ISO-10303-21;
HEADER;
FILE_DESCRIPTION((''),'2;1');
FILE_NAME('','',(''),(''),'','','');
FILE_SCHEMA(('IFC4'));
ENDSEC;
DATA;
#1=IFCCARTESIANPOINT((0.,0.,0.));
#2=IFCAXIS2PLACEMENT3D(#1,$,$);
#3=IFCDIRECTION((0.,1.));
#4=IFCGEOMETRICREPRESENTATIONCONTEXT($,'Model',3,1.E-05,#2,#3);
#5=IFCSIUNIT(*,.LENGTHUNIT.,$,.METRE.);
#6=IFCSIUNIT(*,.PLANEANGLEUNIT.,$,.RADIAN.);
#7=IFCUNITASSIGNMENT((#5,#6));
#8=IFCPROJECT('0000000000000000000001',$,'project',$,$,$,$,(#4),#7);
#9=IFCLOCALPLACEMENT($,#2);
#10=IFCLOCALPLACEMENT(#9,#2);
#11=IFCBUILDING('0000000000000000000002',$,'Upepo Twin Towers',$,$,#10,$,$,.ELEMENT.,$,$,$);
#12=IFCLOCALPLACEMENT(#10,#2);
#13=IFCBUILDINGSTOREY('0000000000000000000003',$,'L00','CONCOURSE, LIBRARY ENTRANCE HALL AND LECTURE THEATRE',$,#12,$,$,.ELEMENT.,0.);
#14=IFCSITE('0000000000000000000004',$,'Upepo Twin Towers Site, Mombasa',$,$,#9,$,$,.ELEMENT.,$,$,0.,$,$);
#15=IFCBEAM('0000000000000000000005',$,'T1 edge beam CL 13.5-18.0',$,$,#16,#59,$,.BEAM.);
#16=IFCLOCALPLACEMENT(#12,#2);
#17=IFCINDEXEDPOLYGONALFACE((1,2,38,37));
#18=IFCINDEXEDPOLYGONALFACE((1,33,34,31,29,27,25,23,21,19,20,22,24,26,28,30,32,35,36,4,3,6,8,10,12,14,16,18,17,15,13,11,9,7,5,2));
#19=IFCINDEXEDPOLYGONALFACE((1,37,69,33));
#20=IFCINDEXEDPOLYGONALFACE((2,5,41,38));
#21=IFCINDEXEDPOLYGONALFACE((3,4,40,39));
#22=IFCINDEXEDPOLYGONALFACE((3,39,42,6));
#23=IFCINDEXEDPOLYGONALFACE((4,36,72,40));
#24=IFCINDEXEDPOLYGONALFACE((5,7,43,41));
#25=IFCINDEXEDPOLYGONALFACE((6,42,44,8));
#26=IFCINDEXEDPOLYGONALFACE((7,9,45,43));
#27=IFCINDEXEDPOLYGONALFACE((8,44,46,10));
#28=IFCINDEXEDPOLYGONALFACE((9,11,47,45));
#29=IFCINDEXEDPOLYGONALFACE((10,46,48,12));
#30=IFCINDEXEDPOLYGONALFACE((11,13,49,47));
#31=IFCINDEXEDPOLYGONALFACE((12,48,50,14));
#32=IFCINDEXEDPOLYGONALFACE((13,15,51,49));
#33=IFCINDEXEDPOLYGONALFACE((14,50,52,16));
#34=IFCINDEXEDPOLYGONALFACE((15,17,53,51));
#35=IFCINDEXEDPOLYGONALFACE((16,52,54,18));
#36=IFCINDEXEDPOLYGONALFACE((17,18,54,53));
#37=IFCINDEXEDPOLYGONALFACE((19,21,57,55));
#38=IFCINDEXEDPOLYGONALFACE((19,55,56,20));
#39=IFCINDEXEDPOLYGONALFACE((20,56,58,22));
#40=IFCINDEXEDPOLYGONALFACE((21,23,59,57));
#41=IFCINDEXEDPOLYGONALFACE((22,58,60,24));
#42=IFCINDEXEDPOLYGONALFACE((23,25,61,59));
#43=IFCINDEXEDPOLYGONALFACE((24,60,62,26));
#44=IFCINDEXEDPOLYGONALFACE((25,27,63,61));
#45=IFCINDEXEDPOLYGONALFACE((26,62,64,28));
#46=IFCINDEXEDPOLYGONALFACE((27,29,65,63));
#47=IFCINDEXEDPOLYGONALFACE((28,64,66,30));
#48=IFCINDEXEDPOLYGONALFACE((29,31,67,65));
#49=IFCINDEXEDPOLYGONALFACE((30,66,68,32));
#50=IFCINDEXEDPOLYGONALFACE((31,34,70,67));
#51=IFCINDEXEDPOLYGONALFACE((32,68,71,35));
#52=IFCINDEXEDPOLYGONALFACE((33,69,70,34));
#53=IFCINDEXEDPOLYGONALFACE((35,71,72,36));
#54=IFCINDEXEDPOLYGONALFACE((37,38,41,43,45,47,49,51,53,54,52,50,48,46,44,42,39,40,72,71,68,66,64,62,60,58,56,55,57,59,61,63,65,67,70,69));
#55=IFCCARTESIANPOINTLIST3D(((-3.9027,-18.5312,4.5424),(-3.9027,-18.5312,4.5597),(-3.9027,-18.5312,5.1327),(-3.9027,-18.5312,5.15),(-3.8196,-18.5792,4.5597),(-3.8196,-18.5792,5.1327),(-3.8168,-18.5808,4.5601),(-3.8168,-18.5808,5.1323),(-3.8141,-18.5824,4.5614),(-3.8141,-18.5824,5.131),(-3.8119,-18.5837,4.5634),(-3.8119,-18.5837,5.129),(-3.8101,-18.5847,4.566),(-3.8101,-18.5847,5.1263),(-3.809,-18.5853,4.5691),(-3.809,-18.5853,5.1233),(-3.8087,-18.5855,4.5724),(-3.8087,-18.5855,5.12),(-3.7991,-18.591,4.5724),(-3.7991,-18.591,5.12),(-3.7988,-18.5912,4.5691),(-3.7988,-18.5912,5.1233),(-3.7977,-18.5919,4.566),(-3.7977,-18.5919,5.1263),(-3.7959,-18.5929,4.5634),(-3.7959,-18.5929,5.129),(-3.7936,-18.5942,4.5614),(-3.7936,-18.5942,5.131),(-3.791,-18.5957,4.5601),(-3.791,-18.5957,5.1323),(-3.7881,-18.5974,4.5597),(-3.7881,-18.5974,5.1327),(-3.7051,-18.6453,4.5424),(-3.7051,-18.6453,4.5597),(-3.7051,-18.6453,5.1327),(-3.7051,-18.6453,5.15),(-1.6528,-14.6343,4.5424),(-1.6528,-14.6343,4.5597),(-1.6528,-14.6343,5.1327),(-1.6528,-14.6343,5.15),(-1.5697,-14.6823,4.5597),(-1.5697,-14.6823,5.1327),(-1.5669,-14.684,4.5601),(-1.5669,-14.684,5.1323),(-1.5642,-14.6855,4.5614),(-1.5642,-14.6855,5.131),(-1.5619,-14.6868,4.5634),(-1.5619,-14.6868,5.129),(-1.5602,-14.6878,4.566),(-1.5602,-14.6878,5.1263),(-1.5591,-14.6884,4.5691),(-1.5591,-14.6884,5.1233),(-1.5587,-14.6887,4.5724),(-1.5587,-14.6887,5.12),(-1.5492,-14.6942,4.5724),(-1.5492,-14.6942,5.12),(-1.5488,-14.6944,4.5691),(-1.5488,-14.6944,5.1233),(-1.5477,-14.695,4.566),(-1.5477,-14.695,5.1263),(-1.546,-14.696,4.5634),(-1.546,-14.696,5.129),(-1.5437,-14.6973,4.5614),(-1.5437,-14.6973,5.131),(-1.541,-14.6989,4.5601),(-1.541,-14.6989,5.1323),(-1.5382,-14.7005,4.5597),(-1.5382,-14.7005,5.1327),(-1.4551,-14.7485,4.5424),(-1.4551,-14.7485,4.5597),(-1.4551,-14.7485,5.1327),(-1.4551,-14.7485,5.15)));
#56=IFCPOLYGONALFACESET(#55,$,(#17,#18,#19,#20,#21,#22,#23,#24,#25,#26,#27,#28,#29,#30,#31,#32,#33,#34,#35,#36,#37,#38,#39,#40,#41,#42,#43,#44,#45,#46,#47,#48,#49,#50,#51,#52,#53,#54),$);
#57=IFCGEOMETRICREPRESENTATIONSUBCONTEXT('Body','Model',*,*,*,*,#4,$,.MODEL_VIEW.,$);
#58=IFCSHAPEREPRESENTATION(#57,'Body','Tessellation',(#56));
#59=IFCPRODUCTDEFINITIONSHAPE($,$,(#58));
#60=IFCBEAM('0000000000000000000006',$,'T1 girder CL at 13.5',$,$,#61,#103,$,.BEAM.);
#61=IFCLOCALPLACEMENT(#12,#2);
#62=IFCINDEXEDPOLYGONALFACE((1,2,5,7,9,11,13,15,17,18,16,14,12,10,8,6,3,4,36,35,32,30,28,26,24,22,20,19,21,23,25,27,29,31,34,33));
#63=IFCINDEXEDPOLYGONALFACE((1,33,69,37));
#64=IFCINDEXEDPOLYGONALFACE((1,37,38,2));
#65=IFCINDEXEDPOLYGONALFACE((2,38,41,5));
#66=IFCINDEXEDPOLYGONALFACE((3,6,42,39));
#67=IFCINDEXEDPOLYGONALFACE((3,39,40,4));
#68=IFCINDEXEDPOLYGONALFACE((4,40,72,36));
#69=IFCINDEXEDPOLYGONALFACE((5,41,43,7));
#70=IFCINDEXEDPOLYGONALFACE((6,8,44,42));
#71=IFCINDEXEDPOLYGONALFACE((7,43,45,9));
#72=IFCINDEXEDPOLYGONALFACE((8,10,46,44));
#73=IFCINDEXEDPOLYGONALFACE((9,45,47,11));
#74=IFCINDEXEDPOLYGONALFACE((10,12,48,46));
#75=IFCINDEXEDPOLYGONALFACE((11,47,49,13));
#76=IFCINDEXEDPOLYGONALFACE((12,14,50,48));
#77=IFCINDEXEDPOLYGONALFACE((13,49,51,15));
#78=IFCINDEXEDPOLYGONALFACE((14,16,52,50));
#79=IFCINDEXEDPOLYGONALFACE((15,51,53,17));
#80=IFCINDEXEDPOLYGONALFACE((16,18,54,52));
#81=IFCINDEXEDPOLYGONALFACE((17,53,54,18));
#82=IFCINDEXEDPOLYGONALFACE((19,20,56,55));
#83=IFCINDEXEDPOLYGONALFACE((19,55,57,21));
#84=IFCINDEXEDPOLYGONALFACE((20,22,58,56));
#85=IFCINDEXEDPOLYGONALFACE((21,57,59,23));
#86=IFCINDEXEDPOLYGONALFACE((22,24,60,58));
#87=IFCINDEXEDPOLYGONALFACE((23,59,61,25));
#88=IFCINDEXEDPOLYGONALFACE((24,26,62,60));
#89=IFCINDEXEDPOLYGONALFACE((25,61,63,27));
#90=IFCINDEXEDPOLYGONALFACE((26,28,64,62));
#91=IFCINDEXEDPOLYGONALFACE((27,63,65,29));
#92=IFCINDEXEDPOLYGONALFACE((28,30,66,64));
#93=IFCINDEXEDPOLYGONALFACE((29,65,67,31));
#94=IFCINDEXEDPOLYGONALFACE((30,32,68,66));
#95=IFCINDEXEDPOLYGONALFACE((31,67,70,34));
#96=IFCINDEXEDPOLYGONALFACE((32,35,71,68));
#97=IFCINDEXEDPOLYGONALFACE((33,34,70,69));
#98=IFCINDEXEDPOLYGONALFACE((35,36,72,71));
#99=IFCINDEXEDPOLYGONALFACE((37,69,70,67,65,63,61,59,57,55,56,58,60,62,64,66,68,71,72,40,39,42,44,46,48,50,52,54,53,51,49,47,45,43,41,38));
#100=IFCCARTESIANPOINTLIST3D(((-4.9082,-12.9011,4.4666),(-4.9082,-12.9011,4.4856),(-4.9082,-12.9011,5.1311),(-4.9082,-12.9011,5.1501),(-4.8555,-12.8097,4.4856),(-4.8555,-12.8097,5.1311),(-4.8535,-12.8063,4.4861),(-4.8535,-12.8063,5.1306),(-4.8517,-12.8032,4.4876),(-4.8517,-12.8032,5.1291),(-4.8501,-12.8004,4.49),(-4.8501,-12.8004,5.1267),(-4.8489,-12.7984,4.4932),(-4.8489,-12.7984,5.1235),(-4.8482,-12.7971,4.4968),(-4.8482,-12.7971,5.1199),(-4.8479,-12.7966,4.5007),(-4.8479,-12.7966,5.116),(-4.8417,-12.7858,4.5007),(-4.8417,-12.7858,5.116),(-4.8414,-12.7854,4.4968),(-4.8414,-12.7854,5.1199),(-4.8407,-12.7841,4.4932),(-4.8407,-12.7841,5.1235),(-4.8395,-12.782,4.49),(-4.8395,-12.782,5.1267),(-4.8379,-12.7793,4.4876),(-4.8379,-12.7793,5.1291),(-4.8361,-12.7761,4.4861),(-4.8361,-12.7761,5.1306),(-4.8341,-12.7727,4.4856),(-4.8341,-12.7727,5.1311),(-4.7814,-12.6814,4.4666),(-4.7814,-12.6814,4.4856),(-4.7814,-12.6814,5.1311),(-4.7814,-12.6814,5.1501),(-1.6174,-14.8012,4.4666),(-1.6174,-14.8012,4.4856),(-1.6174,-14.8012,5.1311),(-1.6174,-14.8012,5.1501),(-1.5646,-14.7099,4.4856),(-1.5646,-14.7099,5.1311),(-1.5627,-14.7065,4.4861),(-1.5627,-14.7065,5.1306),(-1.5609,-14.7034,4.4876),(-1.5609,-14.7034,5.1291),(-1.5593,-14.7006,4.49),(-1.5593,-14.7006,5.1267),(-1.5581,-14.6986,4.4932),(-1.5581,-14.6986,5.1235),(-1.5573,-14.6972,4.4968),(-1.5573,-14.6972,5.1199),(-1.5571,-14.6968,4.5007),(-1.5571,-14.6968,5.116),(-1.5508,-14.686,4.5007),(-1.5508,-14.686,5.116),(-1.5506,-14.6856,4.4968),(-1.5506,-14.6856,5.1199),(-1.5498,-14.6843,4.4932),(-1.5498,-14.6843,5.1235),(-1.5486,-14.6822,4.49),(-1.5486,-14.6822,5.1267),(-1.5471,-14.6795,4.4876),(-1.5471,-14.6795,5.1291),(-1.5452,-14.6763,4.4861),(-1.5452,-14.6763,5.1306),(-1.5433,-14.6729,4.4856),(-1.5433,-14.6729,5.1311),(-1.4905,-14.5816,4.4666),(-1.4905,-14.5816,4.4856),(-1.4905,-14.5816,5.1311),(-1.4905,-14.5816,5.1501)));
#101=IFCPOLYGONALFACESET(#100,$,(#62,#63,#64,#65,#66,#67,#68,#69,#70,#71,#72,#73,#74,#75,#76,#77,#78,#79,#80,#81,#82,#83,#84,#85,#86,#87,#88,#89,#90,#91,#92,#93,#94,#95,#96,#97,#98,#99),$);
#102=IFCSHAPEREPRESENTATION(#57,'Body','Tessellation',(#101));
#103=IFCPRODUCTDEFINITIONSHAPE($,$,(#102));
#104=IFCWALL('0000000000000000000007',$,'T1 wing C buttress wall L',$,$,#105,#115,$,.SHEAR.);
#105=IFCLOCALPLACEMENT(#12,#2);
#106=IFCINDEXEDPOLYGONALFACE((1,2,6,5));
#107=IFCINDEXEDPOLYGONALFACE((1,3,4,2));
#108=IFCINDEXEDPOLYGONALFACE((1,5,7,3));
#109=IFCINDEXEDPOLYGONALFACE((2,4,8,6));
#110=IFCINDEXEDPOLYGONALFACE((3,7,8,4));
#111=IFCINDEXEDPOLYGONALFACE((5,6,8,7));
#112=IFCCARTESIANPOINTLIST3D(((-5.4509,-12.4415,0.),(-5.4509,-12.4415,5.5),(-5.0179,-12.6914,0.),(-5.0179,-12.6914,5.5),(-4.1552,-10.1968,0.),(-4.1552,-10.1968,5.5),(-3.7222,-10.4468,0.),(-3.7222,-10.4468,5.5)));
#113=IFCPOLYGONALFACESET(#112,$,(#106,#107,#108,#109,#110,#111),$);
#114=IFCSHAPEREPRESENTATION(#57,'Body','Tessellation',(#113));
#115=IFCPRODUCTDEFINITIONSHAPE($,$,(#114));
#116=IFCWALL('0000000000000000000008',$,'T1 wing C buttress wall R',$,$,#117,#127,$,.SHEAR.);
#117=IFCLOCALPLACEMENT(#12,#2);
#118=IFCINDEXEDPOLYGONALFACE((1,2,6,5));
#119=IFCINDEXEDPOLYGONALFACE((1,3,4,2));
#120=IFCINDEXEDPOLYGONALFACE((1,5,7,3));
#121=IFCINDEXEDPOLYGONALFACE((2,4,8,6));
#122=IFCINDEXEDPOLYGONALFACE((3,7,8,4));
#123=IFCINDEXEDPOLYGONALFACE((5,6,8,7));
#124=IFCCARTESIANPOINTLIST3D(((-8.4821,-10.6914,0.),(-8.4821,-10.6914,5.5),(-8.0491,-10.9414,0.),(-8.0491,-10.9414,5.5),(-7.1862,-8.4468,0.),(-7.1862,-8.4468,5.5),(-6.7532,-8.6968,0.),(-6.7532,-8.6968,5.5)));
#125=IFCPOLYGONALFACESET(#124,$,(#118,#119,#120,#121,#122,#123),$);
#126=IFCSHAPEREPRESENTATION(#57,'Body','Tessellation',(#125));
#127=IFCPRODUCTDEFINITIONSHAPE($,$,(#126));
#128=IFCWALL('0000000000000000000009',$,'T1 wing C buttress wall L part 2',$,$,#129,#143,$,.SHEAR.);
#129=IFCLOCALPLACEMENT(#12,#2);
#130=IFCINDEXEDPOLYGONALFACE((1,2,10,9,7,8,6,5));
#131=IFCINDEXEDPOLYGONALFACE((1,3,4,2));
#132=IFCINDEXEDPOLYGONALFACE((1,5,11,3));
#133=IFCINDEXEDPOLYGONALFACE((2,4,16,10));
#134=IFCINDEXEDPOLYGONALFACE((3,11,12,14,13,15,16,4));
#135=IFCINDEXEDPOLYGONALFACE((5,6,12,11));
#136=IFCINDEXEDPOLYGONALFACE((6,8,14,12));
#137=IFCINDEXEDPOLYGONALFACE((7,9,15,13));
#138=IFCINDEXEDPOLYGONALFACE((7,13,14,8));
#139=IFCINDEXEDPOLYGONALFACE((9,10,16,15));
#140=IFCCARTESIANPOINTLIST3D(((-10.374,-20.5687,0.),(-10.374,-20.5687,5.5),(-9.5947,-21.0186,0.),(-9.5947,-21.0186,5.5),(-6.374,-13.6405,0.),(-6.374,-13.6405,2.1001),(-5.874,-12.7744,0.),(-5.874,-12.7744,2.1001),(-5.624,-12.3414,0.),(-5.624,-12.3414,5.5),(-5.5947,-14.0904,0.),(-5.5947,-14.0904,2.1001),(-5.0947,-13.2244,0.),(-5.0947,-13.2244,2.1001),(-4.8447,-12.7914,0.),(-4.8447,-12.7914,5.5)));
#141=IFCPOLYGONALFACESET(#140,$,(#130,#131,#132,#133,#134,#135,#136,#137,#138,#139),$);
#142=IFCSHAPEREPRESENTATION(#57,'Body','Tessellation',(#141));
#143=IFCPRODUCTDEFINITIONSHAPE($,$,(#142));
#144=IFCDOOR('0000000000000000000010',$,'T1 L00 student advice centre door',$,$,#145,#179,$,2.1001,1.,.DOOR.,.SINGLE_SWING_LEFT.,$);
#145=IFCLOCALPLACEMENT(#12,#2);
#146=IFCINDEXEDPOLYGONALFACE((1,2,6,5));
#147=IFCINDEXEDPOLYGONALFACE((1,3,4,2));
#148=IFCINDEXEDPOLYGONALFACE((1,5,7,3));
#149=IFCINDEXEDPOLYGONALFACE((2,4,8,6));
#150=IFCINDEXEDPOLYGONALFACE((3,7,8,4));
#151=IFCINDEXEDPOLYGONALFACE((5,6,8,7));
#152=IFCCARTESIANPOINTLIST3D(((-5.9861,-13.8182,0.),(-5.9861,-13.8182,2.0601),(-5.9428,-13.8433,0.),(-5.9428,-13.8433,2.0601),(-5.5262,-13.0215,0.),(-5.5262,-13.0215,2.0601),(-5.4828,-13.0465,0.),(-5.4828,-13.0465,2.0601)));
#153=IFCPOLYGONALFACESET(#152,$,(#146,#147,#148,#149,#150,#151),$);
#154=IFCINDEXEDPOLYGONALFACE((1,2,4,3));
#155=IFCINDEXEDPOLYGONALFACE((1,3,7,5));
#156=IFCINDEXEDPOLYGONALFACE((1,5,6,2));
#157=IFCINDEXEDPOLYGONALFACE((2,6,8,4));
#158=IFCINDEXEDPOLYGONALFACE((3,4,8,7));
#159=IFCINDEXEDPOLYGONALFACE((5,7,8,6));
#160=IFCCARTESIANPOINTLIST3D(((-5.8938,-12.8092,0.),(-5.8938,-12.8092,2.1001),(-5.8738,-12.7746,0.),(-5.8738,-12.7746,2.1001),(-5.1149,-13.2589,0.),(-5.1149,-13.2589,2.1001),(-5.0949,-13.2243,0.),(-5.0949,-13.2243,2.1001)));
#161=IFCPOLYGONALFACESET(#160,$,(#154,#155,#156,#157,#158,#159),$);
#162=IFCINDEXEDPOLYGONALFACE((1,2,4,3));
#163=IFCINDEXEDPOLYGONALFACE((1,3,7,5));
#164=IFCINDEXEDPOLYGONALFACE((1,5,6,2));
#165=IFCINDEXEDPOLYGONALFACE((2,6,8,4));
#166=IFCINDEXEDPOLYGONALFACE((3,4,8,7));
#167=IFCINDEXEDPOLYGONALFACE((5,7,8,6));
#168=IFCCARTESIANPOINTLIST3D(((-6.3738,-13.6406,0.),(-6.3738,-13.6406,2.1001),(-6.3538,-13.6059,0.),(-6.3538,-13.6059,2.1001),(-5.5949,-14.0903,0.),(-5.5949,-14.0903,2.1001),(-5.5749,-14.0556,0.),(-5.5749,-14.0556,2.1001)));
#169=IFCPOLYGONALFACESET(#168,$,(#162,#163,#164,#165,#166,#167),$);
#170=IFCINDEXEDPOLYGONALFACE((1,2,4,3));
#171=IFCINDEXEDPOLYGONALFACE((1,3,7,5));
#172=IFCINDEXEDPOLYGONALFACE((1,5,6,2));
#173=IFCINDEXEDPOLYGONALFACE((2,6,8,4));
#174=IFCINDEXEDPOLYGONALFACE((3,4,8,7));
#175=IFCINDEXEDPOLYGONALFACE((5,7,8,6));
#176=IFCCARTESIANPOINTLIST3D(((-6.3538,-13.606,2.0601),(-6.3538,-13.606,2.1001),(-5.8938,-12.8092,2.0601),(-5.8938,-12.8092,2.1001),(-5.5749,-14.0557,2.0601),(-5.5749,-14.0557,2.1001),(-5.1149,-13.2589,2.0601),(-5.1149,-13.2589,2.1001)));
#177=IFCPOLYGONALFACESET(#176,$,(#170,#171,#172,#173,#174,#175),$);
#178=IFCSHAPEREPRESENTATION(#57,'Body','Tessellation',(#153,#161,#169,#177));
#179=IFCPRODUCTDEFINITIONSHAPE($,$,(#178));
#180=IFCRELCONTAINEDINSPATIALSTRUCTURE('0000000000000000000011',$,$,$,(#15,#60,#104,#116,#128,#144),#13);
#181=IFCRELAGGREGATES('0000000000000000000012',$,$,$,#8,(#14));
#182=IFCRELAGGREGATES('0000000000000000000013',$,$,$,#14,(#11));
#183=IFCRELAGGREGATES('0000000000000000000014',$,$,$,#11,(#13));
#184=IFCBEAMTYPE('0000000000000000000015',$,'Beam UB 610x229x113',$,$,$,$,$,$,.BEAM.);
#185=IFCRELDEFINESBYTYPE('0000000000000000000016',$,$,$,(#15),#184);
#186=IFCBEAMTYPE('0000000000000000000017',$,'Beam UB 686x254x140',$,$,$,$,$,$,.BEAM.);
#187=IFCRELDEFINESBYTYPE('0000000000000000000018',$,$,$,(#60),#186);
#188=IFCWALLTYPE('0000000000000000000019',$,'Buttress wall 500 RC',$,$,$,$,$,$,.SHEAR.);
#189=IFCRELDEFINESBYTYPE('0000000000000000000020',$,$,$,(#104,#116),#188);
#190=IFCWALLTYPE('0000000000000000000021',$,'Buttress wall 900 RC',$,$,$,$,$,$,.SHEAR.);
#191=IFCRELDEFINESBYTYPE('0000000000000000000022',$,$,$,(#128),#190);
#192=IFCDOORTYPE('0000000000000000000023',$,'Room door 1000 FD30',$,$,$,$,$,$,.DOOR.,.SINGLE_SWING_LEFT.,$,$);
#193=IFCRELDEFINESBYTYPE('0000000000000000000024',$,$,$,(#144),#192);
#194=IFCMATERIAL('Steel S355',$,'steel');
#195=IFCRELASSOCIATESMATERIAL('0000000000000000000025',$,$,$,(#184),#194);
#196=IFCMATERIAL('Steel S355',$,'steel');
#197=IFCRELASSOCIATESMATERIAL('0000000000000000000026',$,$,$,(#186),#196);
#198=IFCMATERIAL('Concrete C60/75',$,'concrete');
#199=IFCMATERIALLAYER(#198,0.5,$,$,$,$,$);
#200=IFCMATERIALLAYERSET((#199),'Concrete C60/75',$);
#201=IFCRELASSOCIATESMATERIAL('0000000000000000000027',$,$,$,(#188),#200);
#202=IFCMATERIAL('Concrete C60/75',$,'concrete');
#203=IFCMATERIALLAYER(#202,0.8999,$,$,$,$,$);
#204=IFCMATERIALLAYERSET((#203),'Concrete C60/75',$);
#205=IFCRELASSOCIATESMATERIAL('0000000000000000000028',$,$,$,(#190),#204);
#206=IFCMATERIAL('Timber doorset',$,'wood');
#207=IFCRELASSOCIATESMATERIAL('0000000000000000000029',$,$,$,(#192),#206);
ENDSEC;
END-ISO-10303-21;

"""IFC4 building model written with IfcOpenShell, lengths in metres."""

from ifc_helpers import new_model, si_unit, direction, frame, frame_2d, origin, origin_2d, place, context, subcontext, project, spatial, rectangle, i_section, extrude, material, layer, layer_set, material_profile, profile_set, type_object, element, fill, save


model = new_model("IFC4")

# Units and contexts
model_context = context("Model", 3, precision=1e-05, world=origin(), true_north=direction((0.0, 1.0)))
body_context = subcontext(model_context, "Body", "Model", "MODEL_VIEW")
ifc_project = project(units=[si_unit("LENGTHUNIT", "METRE"), si_unit("PLANEANGLEUNIT", "RADIAN")], contexts=[model_context])

# Site, building, storey
site_placement = place(None, origin())
site = spatial("IfcSite", under=ifc_project, at=site_placement, Name="Upepo Twin Towers Site, Mombasa", CompositionType="ELEMENT", RefElevation=0.0)
building_placement = place(site_placement, origin())
building = spatial("IfcBuilding", under=site, at=building_placement, Name="Upepo Twin Towers", CompositionType="ELEMENT")
storey_placement = place(building_placement, origin())
storey = spatial("IfcBuildingStorey", under=building, at=storey_placement, Name="L00", Description="CONCOURSE, LIBRARY ENTRANCE HALL AND LECTURE THEATRE", CompositionType="ELEMENT", Elevation=0.0)

# Beams
ifc_material_1 = material(Name="Steel S355", Category="steel")
ifc_material_profile_1 = material_profile(ifc_material_1, i_section(OverallWidth=0.2283, OverallDepth=0.6077, WebThickness=0.011, FlangeThickness=0.0173, FilletRadius=0.0127, at=origin_2d()), Name="UB 610x229x113")
ifc_profile_set_1 = profile_set([ifc_material_profile_1], Name="Steel S355")
beam_type_1 = type_object("IfcBeamType", Name="Beam UB 610x229x113", PredefinedType="BEAM", material=ifc_profile_set_1)
beam_1_placement = place(storey_placement, frame((-1.554, -14.6914, 4.8462), z_axis=(-0.500014, -0.866018, 0.0), x_axis=(0.866018, -0.500014, 0.0)))
element("IfcBeam", 1, at=beam_1_placement, inside=storey, type_object=beam_type_1, Name="T1 edge beam CL 13.5-18.0", PredefinedType="BEAM", context=body_context, shape_type="SweptSolid", body=[
    extrude(i_section(OverallWidth=0.2283, OverallDepth=0.6077, WebThickness=0.011, FlangeThickness=0.0173, FilletRadius=0.0127, at=origin_2d()), origin(), (0.0, 0.0, 1.0), 4.4998),
])
ifc_material_2 = material(Name="Steel S355", Category="steel")
ifc_material_profile_2 = material_profile(ifc_material_2, i_section(OverallWidth=0.2537, OverallDepth=0.6836, WebThickness=0.0125, FlangeThickness=0.019, FilletRadius=0.0151, at=origin_2d()), Name="UB 686x254x140")
ifc_profile_set_2 = profile_set([ifc_material_profile_2], Name="Steel S355")
beam_type_2 = type_object("IfcBeamType", Name="Beam UB 686x254x140", PredefinedType="BEAM", material=ifc_profile_set_2)
beam_2_placement = place(storey_placement, frame((-1.554, -14.6914, 4.8083), z_axis=(-0.866, 0.500043, 0.0), x_axis=(-0.500043, -0.866, 0.0)))
element("IfcBeam", 2, at=beam_2_placement, inside=storey, type_object=beam_type_2, Name="T1 girder CL at 13.5", PredefinedType="BEAM", context=body_context, shape_type="SweptSolid", body=[
    extrude(i_section(OverallWidth=0.2537, OverallDepth=0.6836, WebThickness=0.0125, FlangeThickness=0.019, FilletRadius=0.0151, at=origin_2d()), origin(), (0.0, 0.0, 1.0), 3.8),
])

# Walls
ifc_material_3 = material(Name="Concrete C60/75", Category="concrete")
ifc_layer_1 = layer(ifc_material_3, 0.5)
ifc_layer_set_1 = layer_set([ifc_layer_1], Name="Concrete C60/75")
wall_type_1 = type_object("IfcWallType", Name="Buttress wall 500 RC", PredefinedType="SHEAR", material=ifc_layer_set_1)
for number, where, z_axis, x_axis, name in (
    (3, (-3.9387, -10.3218, 0.0), (0.0, 0.0, 1.0), (-0.499918, -0.866073, 0.0), "T1 wing C buttress wall L"),
    (4, (-6.9697, -8.5718, 0.0), (0.0, 0.0, 1.0), (-0.499989, -0.866032, 0.0), "T1 wing C buttress wall R"),
):
    element("IfcWall", number, at=place(storey_placement, frame(where, z_axis=z_axis, x_axis=x_axis)), inside=storey, type_object=wall_type_1, Name=name, PredefinedType="SHEAR", context=body_context, shape_type="SweptSolid", body=[
        extrude(rectangle(XDim=2.5918, YDim=0.5, at=frame_2d((1.2959, 0.0))), origin(), (0.0, 0.0, 1.0), 5.5),
    ])

# Wall, opening, door
ifc_material_4 = material(Name="Concrete C60/75", Category="concrete")
ifc_layer_2 = layer(ifc_material_4, 0.8999)
ifc_layer_set_2 = layer_set([ifc_layer_2], Name="Concrete C60/75")
wall_type_2 = type_object("IfcWallType", Name="Buttress wall 900 RC", PredefinedType="SHEAR", material=ifc_layer_set_2)
wall_1_placement = place(storey_placement, frame((-5.2344, -12.5664, 0.0), z_axis=(0.0, 0.0, 1.0), x_axis=(-0.499998, -0.866027, 0.0)))
wall_1 = element("IfcWall", 5, at=wall_1_placement, inside=storey, type_object=wall_type_2, Name="T1 wing C buttress wall L part 2", PredefinedType="SHEAR", context=body_context, shape_type="SweptSolid", body=[
    extrude(rectangle(XDim=9.5, YDim=0.8999, at=frame_2d((4.75, 0.0))), origin(), (0.0, 0.0, 1.0), 5.5),
])
opening_1_placement = place(wall_1_placement, frame((0.5, 0.0, 0.0)))
opening_1 = element("IfcOpeningElement", 6, at=opening_1_placement, cuts=wall_1, PredefinedType="OPENING", context=body_context, shape_type="SweptSolid", body=[
    extrude(rectangle(XDim=1.0, YDim=2.1001, at=frame_2d((0.5, 1.05))), frame((0.0, 0.46, 0.0), z_axis=(0.0, -1.0, 0.0), x_axis=(1.0, 0.0, 0.0)), (0.0, 0.0, 1.0), 0.9199),
])
ifc_material_5 = material(Name="Timber doorset", Category="wood")
door_type_1 = type_object("IfcDoorType", Name="Room door 1000 FD30", OperationType="SINGLE_SWING_LEFT", PredefinedType="DOOR", material=ifc_material_5)
door_1_placement = place(opening_1_placement, origin())
door_1 = element("IfcDoor", 7, at=door_1_placement, inside=storey, type_object=door_type_1, Name="T1 L00 student advice centre door", OperationType="SINGLE_SWING_LEFT", OverallHeight=2.1001, OverallWidth=1.0, PredefinedType="DOOR", context=body_context, shape_type="SweptSolid", body=[
    extrude(rectangle(XDim=0.92, YDim=2.0601, at=frame_2d((0.5, 1.03))), frame((0.0, 0.0249, 0.0), z_axis=(0.0, -1.0, 0.0), x_axis=(1.0, 0.0, 0.0)), (0.0, 0.0, 1.0), 0.05),
    extrude(rectangle(XDim=0.04, YDim=2.1001, at=frame_2d((0.02, 1.05))), frame((0.0, 0.4497, 0.0), z_axis=(0.0, -1.0, 0.0), x_axis=(1.0, 0.0, 0.0)), (0.0, 0.0, 1.0), 0.8994),
    extrude(rectangle(XDim=0.04, YDim=2.1001, at=frame_2d((0.98, 1.05))), frame((0.0, 0.4497, 0.0), z_axis=(0.0, -1.0, 0.0), x_axis=(1.0, 0.0, 0.0)), (0.0, 0.0, 1.0), 0.8994),
    extrude(rectangle(XDim=0.92, YDim=0.04, at=frame_2d((0.5, 2.0801))), frame((0.0, 0.4497, 0.0), z_axis=(0.0, -1.0, 0.0), x_axis=(1.0, 0.0, 0.0)), (0.0, 0.0, 1.0), 0.8994),
])
fill(opening_1, door_1)

save(model, "model.ifc")
